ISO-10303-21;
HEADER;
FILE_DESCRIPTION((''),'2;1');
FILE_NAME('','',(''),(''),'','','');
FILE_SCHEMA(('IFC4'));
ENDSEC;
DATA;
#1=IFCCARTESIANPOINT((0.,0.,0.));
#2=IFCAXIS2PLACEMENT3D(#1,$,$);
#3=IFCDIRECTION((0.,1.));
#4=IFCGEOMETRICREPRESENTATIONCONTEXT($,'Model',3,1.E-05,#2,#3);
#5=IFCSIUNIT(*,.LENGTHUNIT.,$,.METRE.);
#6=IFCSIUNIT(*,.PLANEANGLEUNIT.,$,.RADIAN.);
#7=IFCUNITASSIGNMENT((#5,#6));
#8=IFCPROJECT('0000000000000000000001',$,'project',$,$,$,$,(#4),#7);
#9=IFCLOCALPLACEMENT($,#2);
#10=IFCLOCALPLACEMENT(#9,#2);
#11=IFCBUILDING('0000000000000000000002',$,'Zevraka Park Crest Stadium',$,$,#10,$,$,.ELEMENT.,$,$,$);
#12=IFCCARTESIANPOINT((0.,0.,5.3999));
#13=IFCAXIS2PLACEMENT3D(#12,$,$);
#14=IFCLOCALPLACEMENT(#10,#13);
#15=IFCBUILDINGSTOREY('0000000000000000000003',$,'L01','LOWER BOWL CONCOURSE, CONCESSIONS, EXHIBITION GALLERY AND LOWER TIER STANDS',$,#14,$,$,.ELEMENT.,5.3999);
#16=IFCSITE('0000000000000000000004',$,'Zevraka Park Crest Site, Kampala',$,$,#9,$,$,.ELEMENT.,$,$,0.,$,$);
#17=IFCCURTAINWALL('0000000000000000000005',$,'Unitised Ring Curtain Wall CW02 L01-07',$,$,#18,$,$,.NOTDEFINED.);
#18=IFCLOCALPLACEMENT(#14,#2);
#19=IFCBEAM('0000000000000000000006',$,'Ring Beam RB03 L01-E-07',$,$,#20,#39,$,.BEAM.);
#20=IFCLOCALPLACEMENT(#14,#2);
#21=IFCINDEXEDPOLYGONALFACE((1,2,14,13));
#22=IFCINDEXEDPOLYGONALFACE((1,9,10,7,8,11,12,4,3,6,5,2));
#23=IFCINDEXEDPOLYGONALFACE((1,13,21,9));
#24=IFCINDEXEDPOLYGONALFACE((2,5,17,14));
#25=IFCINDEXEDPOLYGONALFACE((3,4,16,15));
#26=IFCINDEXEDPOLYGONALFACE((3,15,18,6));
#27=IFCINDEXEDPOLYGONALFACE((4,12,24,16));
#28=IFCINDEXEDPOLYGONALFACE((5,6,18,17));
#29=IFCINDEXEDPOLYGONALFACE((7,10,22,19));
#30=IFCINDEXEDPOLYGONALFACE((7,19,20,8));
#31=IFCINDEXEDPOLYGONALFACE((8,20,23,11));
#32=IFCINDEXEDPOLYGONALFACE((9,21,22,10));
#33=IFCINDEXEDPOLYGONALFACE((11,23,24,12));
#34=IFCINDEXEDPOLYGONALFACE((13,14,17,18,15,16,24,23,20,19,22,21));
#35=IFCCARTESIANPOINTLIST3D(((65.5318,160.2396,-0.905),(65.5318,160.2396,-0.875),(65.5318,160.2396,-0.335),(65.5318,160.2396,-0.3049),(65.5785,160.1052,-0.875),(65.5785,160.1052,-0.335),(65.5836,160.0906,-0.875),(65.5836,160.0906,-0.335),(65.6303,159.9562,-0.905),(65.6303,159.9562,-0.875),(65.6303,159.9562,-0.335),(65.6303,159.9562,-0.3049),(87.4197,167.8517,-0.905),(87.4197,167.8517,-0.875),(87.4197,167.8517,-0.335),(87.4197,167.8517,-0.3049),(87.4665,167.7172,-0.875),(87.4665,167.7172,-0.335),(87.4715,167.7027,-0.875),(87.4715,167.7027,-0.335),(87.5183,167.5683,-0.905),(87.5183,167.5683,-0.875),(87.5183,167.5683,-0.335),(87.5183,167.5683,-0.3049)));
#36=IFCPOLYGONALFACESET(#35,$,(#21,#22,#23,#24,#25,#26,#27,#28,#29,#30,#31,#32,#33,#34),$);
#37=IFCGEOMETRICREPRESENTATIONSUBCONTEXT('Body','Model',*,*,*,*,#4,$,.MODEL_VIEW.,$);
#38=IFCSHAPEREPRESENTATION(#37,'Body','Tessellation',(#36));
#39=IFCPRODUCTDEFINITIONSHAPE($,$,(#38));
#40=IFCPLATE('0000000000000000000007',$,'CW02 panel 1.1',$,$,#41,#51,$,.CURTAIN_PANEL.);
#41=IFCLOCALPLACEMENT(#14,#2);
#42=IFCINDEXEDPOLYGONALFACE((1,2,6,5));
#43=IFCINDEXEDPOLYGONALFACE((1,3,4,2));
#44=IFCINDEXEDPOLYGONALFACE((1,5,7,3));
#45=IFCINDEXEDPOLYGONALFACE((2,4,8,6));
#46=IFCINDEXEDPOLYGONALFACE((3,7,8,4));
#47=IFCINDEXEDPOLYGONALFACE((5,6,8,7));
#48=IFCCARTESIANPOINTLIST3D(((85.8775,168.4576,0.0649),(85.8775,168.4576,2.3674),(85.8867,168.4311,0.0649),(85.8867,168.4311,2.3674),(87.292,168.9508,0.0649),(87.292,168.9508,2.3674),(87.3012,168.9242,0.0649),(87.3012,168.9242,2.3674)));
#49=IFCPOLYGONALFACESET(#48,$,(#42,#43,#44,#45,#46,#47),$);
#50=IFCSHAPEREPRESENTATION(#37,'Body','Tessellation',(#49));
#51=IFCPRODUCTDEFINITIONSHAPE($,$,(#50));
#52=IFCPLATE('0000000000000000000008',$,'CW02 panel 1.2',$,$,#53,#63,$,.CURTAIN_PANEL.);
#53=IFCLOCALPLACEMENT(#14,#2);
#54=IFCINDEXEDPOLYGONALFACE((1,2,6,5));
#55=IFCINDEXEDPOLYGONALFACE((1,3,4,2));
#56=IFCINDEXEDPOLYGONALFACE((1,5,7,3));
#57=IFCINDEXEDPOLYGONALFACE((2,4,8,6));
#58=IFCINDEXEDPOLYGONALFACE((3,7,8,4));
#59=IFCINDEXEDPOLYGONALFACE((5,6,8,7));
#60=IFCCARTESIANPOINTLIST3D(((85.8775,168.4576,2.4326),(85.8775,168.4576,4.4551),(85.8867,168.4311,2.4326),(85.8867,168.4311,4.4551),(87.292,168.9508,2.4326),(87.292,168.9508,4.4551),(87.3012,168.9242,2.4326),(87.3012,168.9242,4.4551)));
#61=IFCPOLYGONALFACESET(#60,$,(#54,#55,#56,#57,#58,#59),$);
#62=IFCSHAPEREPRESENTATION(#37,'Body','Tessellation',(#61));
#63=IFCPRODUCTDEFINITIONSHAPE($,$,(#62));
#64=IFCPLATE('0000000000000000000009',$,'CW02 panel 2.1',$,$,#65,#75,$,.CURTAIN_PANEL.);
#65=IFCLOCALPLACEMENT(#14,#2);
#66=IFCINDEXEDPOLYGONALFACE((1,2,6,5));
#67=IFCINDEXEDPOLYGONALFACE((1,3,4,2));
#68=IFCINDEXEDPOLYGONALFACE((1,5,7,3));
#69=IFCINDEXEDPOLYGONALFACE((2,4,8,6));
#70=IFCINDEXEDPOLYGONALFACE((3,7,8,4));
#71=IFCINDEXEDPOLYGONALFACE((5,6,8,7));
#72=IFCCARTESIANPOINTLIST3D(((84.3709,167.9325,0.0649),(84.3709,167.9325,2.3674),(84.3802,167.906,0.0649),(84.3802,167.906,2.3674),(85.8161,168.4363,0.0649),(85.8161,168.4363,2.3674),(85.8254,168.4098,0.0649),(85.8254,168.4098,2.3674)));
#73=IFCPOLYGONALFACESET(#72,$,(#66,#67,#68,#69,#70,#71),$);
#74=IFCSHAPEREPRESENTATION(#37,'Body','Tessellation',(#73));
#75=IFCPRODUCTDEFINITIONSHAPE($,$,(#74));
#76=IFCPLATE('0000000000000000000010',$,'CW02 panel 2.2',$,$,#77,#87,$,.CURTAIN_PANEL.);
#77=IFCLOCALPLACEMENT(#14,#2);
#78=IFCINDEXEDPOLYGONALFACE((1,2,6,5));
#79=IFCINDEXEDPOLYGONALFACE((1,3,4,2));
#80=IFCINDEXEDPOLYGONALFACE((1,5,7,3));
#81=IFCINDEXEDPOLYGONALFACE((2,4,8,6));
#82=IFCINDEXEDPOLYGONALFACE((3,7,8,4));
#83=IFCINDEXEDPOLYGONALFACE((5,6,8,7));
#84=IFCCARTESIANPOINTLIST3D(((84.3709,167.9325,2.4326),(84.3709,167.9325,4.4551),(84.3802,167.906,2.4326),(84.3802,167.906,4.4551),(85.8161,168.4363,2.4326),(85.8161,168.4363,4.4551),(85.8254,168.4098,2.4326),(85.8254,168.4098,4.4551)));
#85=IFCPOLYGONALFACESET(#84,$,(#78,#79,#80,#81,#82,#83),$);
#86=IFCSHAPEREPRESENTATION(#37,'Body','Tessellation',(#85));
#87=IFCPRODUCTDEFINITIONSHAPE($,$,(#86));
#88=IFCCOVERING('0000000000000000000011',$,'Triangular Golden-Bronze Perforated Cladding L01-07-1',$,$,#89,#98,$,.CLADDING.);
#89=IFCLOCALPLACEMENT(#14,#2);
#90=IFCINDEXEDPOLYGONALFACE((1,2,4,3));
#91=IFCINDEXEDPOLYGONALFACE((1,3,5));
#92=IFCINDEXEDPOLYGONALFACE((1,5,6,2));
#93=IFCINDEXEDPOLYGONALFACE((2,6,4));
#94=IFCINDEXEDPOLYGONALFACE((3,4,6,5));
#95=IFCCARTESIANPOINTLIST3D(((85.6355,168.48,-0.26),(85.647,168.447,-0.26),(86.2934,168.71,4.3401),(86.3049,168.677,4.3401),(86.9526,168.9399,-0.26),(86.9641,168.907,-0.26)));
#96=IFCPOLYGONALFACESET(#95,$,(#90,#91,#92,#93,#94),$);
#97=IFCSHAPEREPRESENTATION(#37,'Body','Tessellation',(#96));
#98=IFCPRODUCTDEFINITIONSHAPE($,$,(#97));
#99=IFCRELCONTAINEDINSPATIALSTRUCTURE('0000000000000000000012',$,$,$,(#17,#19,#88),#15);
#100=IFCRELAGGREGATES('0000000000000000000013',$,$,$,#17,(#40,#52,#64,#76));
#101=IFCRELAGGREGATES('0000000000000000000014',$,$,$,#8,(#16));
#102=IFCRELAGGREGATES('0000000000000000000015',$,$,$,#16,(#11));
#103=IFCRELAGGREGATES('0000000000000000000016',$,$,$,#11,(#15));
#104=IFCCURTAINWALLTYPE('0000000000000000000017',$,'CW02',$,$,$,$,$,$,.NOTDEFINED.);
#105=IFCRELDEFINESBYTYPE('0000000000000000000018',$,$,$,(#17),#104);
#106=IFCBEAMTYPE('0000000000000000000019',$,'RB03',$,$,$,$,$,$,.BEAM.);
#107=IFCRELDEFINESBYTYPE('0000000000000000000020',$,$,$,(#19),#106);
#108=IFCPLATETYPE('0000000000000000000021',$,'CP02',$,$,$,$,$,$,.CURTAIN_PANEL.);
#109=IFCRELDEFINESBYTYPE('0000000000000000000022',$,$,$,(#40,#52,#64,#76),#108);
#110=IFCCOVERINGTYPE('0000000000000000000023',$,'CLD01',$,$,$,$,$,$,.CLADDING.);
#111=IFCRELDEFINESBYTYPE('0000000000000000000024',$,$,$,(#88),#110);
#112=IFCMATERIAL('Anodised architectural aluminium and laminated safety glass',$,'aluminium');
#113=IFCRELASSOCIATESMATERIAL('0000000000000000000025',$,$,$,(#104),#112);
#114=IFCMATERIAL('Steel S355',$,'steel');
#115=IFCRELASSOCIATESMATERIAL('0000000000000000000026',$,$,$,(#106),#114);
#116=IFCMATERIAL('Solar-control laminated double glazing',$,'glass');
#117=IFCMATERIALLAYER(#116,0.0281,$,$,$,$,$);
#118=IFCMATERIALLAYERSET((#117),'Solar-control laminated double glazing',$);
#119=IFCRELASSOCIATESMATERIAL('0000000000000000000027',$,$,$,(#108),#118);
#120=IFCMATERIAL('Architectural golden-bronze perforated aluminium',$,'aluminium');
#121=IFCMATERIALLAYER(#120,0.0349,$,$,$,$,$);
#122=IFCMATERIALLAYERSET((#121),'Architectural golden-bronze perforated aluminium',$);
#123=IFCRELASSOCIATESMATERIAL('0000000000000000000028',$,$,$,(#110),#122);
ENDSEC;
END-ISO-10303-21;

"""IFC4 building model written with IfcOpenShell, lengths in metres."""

from ifc_helpers import new_model, si_unit, direction, frame, origin, origin_2d, place, context, subcontext, project, spatial, polyline, rectangle, i_section, outline, extrude, material, layer, layer_set, material_profile, profile_set, type_object, element, aggregate, save


model = new_model("IFC4")

# Units and contexts
model_context = context("Model", 3, precision=1e-05, world=origin(), true_north=direction((0.0, 1.0)))
body_context = subcontext(model_context, "Body", "Model", "MODEL_VIEW")
ifc_project = project(units=[si_unit("LENGTHUNIT", "METRE"), si_unit("PLANEANGLEUNIT", "RADIAN")], contexts=[model_context])

# Site, building, storey
site_placement = place(None, origin())
site = spatial("IfcSite", under=ifc_project, at=site_placement, Name="Zevraka Park Crest Site, Kampala", CompositionType="ELEMENT", RefElevation=0.0)
building_placement = place(site_placement, origin())
building = spatial("IfcBuilding", under=site, at=building_placement, Name="Zevraka Park Crest Stadium", CompositionType="ELEMENT")
storey_placement = place(building_placement, frame((0.0, 0.0, 5.3999)))
storey = spatial("IfcBuildingStorey", under=building, at=storey_placement, Name="L01", Description="LOWER BOWL CONCOURSE, CONCESSIONS, EXHIBITION GALLERY AND LOWER TIER STANDS", CompositionType="ELEMENT", Elevation=5.3999)

# Curtain wall
ifc_material_1 = material(Name="Anodised architectural aluminium and laminated safety glass", Category="aluminium")
curtain_wall_type_1 = type_object("IfcCurtainWallType", Name="CW02", PredefinedType="NOTDEFINED", material=ifc_material_1)
curtain_wall_1_placement = place(storey_placement, origin())
curtain_wall_1 = element("IfcCurtainWall", 1, at=curtain_wall_1_placement, inside=storey, type_object=curtain_wall_type_1, Name="Unitised Ring Curtain Wall CW02 L01-07", PredefinedType="NOTDEFINED")

# Beam
ifc_material_2 = material(Name="Steel S355", Category="steel")
ifc_material_profile_1 = material_profile(ifc_material_2, i_section(OverallWidth=0.3, OverallDepth=0.6001, WebThickness=0.0154, FlangeThickness=0.03, at=origin_2d()), Name="HEB 600")
ifc_profile_set_1 = profile_set([ifc_material_profile_1], Name="Steel S355")
beam_type = type_object("IfcBeamType", Name="RB03", PredefinedType="BEAM", material=ifc_profile_set_1)
beam_placement = place(storey_placement, frame((87.469, 167.71, -0.605), z_axis=(-0.944512, -0.328477, 0.0), x_axis=(0.328477, -0.944512, 0.0)))
element("IfcBeam", 2, at=beam_placement, inside=storey, type_object=beam_type, Name="Ring Beam RB03 L01-E-07", PredefinedType="BEAM", context=body_context, shape_type="SweptSolid", body=[
    extrude(i_section(OverallWidth=0.3, OverallDepth=0.6001, WebThickness=0.0154, FlangeThickness=0.03, at=origin_2d()), origin(), (0.0, 0.0, 1.0), 23.1738),
])

# Plates
ifc_material_3 = material(Name="Solar-control laminated double glazing", Category="glass")
ifc_layer_1 = layer(ifc_material_3, 0.0281)
ifc_layer_set_1 = layer_set([ifc_layer_1], Name="Solar-control laminated double glazing")
plate_type = type_object("IfcPlateType", Name="CP02", PredefinedType="CURTAIN_PANEL", material=ifc_layer_set_1)
plate_1_placement = place(storey_placement, frame((86.5894, 168.6909, 0.0649), z_axis=(0.0, 0.0, 1.0), x_axis=(-0.944257, -0.329209, 0.0)))
plate_1 = element("IfcPlate", 3, at=plate_1_placement, type_object=plate_type, Name="CW02 panel 1.1", PredefinedType="CURTAIN_PANEL", context=body_context, shape_type="SweptSolid", body=[
    extrude(rectangle(XDim=1.498, YDim=0.0281, at=origin_2d()), origin(), (0.0, 0.0, 1.0), 2.3025),
])
plate_2_placement = place(storey_placement, frame((86.5894, 168.6909, 2.4326), z_axis=(0.0, 0.0, 1.0), x_axis=(-0.944257, -0.329209, 0.0)))
plate_2 = element("IfcPlate", 4, at=plate_2_placement, type_object=plate_type, Name="CW02 panel 1.2", PredefinedType="CURTAIN_PANEL", context=body_context, shape_type="SweptSolid", body=[
    extrude(rectangle(XDim=1.498, YDim=0.0281, at=origin_2d()), origin(), (0.0, 0.0, 1.0), 2.0225),
])
plate_3_placement = place(storey_placement, frame((85.0981, 168.1711, 0.0649), z_axis=(0.0, 0.0, 1.0), x_axis=(-0.944257, -0.329209, 0.0)))
plate_3 = element("IfcPlate", 5, at=plate_3_placement, type_object=plate_type, Name="CW02 panel 2.1", PredefinedType="CURTAIN_PANEL", context=body_context, shape_type="SweptSolid", body=[
    extrude(rectangle(XDim=1.5305, YDim=0.0281, at=origin_2d()), origin(), (0.0, 0.0, 1.0), 2.3025),
])
plate_4_placement = place(storey_placement, frame((85.0981, 168.1711, 2.4326), z_axis=(0.0, 0.0, 1.0), x_axis=(-0.944257, -0.329209, 0.0)))
plate_4 = element("IfcPlate", 6, at=plate_4_placement, type_object=plate_type, Name="CW02 panel 2.2", PredefinedType="CURTAIN_PANEL", context=body_context, shape_type="SweptSolid", body=[
    extrude(rectangle(XDim=1.5305, YDim=0.0281, at=origin_2d()), origin(), (0.0, 0.0, 1.0), 2.0225),
])
aggregate(curtain_wall_1, [plate_1, plate_2, plate_3, plate_4])

# Covering
ifc_material_4 = material(Name="Architectural golden-bronze perforated aluminium", Category="aluminium")
ifc_layer_2 = layer(ifc_material_4, 0.0349)
ifc_layer_set_2 = layer_set([ifc_layer_2], Name="Architectural golden-bronze perforated aluminium")
covering_type = type_object("IfcCoveringType", Name="CLD01", PredefinedType="CLADDING", material=ifc_layer_set_2)
covering_placement = place(storey_placement, frame((86.9641, 168.907, -0.26), z_axis=(0.329688, -0.94409, 0.000044), x_axis=(-0.94409, -0.329688, 0.0)))
element("IfcCovering", 7, at=covering_placement, inside=storey, type_object=covering_type, Name="Triangular Golden-Bronze Perforated Cladding L01-07-1", PredefinedType="CLADDING", context=body_context, shape_type="SweptSolid", body=[
    extrude(outline(polyline([(0.0, 0.0), (1.3951, 0.0), (0.6981, -4.6001), (0.0, 0.0)])), origin(), (0.0, 0.0, -1.0), 0.0349),
])

save(model, "model.ifc")
